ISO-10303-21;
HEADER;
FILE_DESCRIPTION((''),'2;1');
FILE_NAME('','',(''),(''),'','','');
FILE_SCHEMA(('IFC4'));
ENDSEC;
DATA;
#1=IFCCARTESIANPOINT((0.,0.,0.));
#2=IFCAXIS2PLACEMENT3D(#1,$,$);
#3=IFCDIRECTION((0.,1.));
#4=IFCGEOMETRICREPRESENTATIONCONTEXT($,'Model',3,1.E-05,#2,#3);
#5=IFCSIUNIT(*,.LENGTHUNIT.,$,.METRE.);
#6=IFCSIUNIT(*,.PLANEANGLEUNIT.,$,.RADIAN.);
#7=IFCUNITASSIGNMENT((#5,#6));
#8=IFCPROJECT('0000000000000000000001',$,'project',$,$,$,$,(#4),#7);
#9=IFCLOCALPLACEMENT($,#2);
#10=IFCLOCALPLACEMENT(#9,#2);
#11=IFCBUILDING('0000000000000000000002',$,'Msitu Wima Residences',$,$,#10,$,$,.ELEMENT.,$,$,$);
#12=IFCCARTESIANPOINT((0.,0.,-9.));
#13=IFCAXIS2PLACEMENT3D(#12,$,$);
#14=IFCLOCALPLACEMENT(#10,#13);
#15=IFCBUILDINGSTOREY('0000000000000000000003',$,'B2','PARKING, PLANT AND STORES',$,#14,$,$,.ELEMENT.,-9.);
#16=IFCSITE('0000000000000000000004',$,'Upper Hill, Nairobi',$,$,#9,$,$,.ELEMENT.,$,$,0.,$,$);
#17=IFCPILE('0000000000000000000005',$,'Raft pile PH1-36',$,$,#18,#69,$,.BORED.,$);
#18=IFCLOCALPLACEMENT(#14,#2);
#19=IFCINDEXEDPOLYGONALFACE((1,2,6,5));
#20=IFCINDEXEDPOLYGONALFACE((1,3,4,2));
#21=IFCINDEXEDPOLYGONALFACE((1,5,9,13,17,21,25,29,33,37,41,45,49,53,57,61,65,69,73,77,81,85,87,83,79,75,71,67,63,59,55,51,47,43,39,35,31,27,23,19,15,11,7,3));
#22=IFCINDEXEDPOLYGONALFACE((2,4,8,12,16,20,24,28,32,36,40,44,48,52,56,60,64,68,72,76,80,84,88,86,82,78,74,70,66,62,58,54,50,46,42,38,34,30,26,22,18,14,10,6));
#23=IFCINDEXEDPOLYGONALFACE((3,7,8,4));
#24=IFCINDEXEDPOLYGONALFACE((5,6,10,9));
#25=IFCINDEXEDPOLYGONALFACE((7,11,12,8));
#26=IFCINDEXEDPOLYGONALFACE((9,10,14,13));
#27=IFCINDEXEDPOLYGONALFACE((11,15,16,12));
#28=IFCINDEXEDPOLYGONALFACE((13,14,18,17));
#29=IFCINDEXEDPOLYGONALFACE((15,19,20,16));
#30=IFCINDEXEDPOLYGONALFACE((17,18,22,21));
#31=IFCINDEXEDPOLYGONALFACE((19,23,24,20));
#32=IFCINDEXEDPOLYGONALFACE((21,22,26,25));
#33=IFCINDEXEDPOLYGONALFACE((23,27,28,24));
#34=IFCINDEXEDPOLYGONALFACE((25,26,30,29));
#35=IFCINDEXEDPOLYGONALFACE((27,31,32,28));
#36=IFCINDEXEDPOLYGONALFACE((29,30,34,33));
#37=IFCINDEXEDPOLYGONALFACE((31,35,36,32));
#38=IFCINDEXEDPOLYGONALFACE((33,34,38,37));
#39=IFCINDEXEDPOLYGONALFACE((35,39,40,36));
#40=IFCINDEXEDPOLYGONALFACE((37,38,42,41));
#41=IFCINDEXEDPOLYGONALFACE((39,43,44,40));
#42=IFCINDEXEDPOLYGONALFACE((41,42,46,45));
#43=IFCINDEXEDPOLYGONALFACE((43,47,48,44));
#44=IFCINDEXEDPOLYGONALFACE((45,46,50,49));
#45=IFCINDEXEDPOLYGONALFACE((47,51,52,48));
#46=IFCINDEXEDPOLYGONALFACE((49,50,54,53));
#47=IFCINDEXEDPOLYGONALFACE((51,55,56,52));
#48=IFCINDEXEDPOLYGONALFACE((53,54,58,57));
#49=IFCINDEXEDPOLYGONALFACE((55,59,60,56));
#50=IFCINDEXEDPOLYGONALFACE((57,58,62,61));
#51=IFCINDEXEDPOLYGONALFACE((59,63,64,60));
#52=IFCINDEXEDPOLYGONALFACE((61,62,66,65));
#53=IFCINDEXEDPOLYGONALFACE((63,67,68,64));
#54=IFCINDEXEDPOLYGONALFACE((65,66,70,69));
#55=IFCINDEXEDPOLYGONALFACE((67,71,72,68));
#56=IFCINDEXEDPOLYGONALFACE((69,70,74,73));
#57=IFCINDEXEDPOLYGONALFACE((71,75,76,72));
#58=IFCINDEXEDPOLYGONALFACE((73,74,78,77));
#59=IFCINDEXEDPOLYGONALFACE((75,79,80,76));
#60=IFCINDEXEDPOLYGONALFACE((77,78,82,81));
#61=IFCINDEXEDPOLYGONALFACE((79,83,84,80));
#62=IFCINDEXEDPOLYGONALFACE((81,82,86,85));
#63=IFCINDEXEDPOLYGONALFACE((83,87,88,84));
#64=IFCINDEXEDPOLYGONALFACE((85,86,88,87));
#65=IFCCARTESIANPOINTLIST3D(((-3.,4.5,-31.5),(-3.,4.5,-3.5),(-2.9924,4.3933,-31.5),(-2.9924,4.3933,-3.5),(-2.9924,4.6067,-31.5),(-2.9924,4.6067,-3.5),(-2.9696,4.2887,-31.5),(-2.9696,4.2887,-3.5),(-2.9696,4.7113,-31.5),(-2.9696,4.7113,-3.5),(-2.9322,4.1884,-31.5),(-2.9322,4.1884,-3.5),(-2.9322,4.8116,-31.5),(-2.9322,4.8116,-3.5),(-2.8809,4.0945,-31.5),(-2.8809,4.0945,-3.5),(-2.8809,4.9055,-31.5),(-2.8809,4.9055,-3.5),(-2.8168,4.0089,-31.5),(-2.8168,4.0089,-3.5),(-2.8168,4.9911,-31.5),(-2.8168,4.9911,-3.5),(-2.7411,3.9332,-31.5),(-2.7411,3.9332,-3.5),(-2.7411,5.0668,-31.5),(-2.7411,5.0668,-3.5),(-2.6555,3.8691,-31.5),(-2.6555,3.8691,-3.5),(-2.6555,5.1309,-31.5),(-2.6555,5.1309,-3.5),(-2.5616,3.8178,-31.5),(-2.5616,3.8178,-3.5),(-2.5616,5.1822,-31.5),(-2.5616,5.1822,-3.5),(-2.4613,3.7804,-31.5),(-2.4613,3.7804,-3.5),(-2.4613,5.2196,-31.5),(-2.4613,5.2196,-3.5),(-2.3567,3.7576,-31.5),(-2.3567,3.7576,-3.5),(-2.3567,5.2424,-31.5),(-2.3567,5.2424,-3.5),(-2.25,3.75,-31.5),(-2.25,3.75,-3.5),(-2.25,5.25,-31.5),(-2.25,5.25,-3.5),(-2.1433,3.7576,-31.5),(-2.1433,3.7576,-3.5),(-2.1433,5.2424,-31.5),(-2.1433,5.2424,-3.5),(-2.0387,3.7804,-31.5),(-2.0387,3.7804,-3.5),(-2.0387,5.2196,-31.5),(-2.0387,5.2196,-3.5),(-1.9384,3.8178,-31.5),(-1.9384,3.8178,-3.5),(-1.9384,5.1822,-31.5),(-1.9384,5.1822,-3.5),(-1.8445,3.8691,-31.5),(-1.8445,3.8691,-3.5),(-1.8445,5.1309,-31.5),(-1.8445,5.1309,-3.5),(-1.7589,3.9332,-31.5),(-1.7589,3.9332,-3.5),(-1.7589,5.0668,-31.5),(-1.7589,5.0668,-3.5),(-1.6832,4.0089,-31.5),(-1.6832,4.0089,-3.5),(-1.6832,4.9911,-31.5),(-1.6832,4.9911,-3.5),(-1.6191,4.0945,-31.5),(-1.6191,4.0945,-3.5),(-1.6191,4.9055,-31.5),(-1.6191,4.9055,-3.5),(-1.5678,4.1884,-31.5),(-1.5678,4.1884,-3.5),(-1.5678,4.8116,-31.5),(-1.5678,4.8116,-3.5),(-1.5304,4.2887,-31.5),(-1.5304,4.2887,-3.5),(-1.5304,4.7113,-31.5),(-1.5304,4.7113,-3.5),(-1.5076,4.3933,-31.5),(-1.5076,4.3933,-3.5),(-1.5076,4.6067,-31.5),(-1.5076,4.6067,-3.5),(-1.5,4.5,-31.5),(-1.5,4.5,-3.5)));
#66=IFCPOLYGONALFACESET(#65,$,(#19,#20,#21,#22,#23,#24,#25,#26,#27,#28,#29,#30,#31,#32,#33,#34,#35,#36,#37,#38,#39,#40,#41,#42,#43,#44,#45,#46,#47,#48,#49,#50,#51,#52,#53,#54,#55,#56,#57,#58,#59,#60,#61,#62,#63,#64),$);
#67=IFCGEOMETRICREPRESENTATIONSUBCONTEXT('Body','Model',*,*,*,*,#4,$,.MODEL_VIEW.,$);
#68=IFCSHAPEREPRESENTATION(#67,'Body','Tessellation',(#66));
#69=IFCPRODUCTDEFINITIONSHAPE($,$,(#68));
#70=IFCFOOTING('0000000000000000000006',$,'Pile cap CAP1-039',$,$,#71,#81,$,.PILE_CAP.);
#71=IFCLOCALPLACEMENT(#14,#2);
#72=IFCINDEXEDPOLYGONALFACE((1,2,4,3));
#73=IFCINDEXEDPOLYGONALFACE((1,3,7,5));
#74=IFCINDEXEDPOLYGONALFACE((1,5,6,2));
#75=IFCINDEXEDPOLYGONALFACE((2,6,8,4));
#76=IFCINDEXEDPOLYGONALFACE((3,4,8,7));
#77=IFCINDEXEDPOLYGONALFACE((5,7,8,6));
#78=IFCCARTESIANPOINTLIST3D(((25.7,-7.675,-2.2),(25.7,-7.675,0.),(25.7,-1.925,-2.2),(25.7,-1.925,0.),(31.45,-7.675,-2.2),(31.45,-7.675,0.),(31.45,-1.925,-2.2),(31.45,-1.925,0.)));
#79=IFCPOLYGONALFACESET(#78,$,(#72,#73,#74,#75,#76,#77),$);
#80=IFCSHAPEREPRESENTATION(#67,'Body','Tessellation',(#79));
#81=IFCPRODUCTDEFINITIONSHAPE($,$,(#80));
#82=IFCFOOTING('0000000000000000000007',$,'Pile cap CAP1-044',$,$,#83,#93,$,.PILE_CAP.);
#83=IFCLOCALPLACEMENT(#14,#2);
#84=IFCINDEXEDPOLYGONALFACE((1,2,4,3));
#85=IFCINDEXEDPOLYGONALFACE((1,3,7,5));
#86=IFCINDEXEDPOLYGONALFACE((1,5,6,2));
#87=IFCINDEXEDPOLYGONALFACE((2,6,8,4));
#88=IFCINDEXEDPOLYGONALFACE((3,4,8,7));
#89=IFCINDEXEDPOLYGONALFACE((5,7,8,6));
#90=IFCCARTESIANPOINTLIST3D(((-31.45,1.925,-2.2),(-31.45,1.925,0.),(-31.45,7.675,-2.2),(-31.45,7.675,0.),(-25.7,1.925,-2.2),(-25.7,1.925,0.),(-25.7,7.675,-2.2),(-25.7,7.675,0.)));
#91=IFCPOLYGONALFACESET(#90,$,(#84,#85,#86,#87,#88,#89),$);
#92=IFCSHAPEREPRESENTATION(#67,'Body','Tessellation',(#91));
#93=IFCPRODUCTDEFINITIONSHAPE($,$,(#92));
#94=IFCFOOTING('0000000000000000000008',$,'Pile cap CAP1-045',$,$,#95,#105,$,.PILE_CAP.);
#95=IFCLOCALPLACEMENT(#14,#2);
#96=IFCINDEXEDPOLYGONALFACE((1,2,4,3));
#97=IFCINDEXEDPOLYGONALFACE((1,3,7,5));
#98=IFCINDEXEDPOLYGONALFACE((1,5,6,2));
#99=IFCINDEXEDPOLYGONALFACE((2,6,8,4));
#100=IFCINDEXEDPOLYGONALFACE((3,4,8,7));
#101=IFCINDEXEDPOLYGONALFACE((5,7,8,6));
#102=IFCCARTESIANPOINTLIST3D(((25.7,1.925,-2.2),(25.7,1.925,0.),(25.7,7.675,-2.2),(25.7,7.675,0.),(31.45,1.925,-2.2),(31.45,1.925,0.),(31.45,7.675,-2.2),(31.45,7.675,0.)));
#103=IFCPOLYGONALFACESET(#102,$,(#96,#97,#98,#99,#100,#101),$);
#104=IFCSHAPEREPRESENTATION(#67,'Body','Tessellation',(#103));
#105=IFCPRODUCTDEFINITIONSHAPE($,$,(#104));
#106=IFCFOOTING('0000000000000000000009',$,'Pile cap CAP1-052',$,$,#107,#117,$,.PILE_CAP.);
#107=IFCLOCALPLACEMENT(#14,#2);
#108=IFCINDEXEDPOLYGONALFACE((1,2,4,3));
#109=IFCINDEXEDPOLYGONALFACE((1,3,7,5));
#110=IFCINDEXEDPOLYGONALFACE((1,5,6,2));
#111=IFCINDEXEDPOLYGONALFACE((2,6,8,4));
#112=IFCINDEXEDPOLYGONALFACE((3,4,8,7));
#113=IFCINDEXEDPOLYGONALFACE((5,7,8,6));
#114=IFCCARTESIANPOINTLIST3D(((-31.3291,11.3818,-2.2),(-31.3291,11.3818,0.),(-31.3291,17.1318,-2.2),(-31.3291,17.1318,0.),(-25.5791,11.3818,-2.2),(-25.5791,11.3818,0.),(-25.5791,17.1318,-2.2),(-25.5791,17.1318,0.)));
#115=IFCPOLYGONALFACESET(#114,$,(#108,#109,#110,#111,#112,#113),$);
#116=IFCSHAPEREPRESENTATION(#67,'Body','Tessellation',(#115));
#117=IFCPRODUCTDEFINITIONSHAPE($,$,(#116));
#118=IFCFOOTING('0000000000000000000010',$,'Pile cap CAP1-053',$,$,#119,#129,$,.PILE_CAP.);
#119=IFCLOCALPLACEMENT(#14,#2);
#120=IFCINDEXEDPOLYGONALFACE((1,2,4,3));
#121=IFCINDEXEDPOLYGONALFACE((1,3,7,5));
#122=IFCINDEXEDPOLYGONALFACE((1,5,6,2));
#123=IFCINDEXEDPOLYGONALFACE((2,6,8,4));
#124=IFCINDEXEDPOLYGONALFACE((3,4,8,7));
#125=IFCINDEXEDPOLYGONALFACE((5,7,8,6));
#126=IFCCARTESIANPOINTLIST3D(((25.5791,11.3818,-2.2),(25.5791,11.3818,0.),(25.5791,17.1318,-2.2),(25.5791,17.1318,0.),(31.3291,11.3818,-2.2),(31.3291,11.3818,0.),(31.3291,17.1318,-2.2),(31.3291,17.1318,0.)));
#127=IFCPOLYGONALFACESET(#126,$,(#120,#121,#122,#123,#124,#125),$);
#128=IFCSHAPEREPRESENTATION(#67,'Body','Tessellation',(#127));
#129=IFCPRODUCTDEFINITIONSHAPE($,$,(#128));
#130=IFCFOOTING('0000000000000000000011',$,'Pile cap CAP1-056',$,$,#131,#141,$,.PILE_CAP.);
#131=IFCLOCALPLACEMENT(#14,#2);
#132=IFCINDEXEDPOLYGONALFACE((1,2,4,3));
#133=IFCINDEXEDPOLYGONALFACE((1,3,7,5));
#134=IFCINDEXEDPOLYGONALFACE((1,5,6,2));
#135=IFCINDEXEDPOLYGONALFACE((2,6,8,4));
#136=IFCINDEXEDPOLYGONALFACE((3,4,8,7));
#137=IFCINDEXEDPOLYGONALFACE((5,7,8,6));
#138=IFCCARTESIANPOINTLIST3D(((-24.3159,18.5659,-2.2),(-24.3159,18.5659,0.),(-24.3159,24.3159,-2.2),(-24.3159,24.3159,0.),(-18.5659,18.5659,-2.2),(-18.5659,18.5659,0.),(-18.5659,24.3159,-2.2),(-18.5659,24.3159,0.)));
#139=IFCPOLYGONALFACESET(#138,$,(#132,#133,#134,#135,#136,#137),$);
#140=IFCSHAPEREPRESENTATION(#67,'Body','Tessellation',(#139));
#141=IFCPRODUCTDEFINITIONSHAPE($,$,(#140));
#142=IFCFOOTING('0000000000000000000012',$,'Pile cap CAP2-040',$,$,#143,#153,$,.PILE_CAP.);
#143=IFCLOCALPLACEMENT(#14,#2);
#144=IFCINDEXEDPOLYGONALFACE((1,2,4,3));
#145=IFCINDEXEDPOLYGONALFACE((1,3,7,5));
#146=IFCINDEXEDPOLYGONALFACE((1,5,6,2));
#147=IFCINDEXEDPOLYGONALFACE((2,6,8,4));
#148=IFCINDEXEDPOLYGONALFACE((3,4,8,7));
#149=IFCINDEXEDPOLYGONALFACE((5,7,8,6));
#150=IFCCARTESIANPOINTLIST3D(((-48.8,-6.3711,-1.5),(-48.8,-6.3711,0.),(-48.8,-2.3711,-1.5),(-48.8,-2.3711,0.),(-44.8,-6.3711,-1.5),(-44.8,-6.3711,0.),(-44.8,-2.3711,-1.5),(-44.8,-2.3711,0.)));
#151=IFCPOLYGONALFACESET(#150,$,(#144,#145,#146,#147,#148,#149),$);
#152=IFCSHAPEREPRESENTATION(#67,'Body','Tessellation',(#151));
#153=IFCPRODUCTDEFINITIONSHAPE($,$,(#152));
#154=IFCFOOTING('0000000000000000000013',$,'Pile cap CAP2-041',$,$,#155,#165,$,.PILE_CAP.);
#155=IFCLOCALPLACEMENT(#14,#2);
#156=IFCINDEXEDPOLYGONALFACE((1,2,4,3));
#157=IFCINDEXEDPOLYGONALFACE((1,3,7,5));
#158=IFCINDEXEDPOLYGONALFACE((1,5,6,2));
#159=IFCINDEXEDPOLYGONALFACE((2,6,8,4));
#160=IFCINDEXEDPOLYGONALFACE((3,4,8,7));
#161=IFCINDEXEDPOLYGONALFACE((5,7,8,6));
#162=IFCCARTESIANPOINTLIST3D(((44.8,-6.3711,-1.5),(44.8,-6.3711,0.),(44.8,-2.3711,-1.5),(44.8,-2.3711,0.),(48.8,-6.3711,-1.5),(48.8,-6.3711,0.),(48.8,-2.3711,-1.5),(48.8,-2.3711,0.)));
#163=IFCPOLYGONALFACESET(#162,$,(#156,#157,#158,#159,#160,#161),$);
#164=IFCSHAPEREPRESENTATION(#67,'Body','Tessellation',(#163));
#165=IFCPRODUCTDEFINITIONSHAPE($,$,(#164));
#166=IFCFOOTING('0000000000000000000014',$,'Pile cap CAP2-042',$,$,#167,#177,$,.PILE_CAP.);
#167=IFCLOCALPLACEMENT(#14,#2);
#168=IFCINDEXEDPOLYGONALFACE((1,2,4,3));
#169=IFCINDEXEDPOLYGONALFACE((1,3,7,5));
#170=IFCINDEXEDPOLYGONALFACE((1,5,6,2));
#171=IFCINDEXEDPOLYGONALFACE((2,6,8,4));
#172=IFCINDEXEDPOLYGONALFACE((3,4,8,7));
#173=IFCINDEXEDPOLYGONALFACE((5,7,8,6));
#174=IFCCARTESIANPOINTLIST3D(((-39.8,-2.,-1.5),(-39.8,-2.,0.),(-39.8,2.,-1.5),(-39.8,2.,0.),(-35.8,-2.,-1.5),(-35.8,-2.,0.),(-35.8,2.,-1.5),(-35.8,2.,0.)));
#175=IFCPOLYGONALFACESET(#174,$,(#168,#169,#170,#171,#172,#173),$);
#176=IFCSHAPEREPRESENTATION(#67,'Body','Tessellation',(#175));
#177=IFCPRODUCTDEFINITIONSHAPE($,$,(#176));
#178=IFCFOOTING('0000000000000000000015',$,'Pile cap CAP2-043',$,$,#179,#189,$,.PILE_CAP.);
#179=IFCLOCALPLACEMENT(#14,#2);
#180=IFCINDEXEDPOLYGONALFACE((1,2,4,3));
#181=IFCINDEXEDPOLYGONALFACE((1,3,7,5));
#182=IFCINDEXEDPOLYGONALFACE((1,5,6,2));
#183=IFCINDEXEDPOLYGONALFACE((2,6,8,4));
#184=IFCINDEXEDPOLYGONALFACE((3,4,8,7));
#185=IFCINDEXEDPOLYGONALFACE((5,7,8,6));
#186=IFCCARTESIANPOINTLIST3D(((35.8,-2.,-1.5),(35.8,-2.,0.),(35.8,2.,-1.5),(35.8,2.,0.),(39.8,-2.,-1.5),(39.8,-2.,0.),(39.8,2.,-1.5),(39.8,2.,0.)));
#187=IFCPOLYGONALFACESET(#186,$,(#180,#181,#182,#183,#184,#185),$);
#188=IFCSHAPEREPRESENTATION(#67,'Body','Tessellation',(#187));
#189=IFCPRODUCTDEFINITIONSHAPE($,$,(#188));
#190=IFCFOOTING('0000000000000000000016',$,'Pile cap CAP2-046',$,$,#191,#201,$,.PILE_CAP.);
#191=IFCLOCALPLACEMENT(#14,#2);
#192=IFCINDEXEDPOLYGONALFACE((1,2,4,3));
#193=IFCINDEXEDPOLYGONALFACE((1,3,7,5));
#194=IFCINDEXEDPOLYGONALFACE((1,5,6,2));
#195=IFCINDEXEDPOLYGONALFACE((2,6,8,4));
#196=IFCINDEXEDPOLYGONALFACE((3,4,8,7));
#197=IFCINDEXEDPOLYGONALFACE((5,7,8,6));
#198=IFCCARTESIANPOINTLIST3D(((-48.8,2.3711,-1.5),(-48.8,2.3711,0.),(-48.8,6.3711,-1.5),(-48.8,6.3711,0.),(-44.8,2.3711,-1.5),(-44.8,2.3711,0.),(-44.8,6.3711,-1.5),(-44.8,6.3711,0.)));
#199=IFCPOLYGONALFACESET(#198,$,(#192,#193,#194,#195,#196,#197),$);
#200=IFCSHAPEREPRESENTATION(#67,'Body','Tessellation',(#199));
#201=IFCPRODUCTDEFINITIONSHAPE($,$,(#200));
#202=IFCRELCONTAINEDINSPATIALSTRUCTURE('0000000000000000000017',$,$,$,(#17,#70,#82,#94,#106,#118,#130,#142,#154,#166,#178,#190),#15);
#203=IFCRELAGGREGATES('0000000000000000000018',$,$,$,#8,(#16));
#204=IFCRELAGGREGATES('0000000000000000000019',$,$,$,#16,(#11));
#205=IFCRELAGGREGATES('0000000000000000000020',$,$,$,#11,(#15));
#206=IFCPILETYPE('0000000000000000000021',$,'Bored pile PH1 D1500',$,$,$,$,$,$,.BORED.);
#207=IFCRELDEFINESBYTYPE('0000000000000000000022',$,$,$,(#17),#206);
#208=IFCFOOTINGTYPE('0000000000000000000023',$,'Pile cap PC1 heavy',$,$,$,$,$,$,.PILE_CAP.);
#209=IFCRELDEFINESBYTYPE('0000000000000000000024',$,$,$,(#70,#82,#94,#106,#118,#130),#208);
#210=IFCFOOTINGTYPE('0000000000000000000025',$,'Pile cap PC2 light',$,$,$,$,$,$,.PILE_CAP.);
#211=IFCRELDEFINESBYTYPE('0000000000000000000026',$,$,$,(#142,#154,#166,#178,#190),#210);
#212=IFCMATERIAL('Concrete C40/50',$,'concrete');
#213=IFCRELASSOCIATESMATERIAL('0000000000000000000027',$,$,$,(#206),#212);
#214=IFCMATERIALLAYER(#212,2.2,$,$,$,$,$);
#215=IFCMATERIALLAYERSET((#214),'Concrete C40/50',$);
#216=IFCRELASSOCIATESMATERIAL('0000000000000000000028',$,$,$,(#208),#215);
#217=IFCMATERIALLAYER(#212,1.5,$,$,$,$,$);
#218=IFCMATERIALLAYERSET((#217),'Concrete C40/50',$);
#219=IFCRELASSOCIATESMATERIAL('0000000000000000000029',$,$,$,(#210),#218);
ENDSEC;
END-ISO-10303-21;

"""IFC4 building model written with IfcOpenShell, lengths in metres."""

from ifc_helpers import new_model, si_unit, direction, frame, origin, origin_2d, place, context, subcontext, project, spatial, polyline, circle, outline, extrude, material, layer, layer_set, type_object, element, save


model = new_model("IFC4")

# Units and contexts
model_context = context("Model", 3, precision=1e-05, world=origin(), true_north=direction((0.0, 1.0)))
body_context = subcontext(model_context, "Body", "Model", "MODEL_VIEW")
ifc_project = project(units=[si_unit("LENGTHUNIT", "METRE"), si_unit("PLANEANGLEUNIT", "RADIAN")], contexts=[model_context])

# Site, building, storey
site_placement = place(None, origin())
site = spatial("IfcSite", under=ifc_project, at=site_placement, Name="Upper Hill, Nairobi", CompositionType="ELEMENT", RefElevation=0.0)
building_placement = place(site_placement, origin())
building = spatial("IfcBuilding", under=site, at=building_placement, Name="Msitu Wima Residences", CompositionType="ELEMENT")
storey_placement = place(building_placement, frame((0.0, 0.0, -9.0)))
storey = spatial("IfcBuildingStorey", under=building, at=storey_placement, Name="B2", Description="PARKING, PLANT AND STORES", CompositionType="ELEMENT", Elevation=-9.0)

# Pile
ifc_material_1 = material(Name="Concrete C40/50", Category="concrete")
pile_type = type_object("IfcPileType", Name="Bored pile PH1 D1500", PredefinedType="BORED", material=ifc_material_1)
pile_placement = place(storey_placement, frame((-2.25, 4.5, -3.5), z_axis=(0.0, 0.0, -1.0), x_axis=(1.0, 0.0, 0.0)))
element("IfcPile", 1, at=pile_placement, inside=storey, type_object=pile_type, Name="Raft pile PH1-36", PredefinedType="BORED", context=body_context, shape_type="SweptSolid", body=[
    extrude(circle(Radius=0.75, at=origin_2d()), origin(), (0.0, 0.0, 1.0), 28.0),
])

# Footings
ifc_layer_1 = layer(ifc_material_1, 2.2)
ifc_layer_set_1 = layer_set([ifc_layer_1], Name="Concrete C40/50")
footing_type_1 = type_object("IfcFootingType", Name="Pile cap PC1 heavy", PredefinedType="PILE_CAP", material=ifc_layer_set_1)
footing_1_placement = place(storey_placement, frame((0.0, 0.0, -2.2)))
element("IfcFooting", 2, at=footing_1_placement, inside=storey, type_object=footing_type_1, Name="Pile cap CAP1-039", PredefinedType="PILE_CAP", context=body_context, shape_type="SweptSolid", body=[
    extrude(outline(polyline([(31.45, -7.675), (31.45, -1.925), (25.7, -1.925), (25.7, -7.675), (31.45, -7.675)])), origin(), (0.0, 0.0, 1.0), 2.2),
])
footing_2_placement = place(storey_placement, frame((0.0, 0.0, -2.2)))
element("IfcFooting", 3, at=footing_2_placement, inside=storey, type_object=footing_type_1, Name="Pile cap CAP1-044", PredefinedType="PILE_CAP", context=body_context, shape_type="SweptSolid", body=[
    extrude(outline(polyline([(-25.7, 1.925), (-25.7, 7.675), (-31.45, 7.675), (-31.45, 1.925), (-25.7, 1.925)])), origin(), (0.0, 0.0, 1.0), 2.2),
])
footing_3_placement = place(storey_placement, frame((0.0, 0.0, -2.2)))
element("IfcFooting", 4, at=footing_3_placement, inside=storey, type_object=footing_type_1, Name="Pile cap CAP1-045", PredefinedType="PILE_CAP", context=body_context, shape_type="SweptSolid", body=[
    extrude(outline(polyline([(31.45, 1.925), (31.45, 7.675), (25.7, 7.675), (25.7, 1.925), (31.45, 1.925)])), origin(), (0.0, 0.0, 1.0), 2.2),
])
footing_4_placement = place(storey_placement, frame((0.0, 0.0, -2.2)))
element("IfcFooting", 5, at=footing_4_placement, inside=storey, type_object=footing_type_1, Name="Pile cap CAP1-052", PredefinedType="PILE_CAP", context=body_context, shape_type="SweptSolid", body=[
    extrude(outline(polyline([(-25.5791, 11.3818), (-25.5791, 17.1318), (-31.3291, 17.1318), (-31.3291, 11.3818), (-25.5791, 11.3818)])), origin(), (0.0, 0.0, 1.0), 2.2),
])
footing_5_placement = place(storey_placement, frame((0.0, 0.0, -2.2)))
element("IfcFooting", 6, at=footing_5_placement, inside=storey, type_object=footing_type_1, Name="Pile cap CAP1-053", PredefinedType="PILE_CAP", context=body_context, shape_type="SweptSolid", body=[
    extrude(outline(polyline([(31.3291, 11.3818), (31.3291, 17.1318), (25.5791, 17.1318), (25.5791, 11.3818), (31.3291, 11.3818)])), origin(), (0.0, 0.0, 1.0), 2.2),
])
footing_6_placement = place(storey_placement, frame((0.0, 0.0, -2.2)))
element("IfcFooting", 7, at=footing_6_placement, inside=storey, type_object=footing_type_1, Name="Pile cap CAP1-056", PredefinedType="PILE_CAP", context=body_context, shape_type="SweptSolid", body=[
    extrude(outline(polyline([(-18.5659, 18.5659), (-18.5659, 24.3159), (-24.3159, 24.3159), (-24.3159, 18.5659), (-18.5659, 18.5659)])), origin(), (0.0, 0.0, 1.0), 2.2),
])
ifc_layer_2 = layer(ifc_material_1, 1.5)
ifc_layer_set_2 = layer_set([ifc_layer_2], Name="Concrete C40/50")
footing_type_2 = type_object("IfcFootingType", Name="Pile cap PC2 light", PredefinedType="PILE_CAP", material=ifc_layer_set_2)
footing_7_placement = place(storey_placement, frame((0.0, 0.0, -1.5)))
element("IfcFooting", 8, at=footing_7_placement, inside=storey, type_object=footing_type_2, Name="Pile cap CAP2-040", PredefinedType="PILE_CAP", context=body_context, shape_type="SweptSolid", body=[
    extrude(outline(polyline([(-44.8, -6.3711), (-44.8, -2.3711), (-48.8, -2.3711), (-48.8, -6.3711), (-44.8, -6.3711)])), origin(), (0.0, 0.0, 1.0), 1.5),
])
footing_8_placement = place(storey_placement, frame((0.0, 0.0, -1.5)))
element("IfcFooting", 9, at=footing_8_placement, inside=storey, type_object=footing_type_2, Name="Pile cap CAP2-041", PredefinedType="PILE_CAP", context=body_context, shape_type="SweptSolid", body=[
    extrude(outline(polyline([(48.8, -6.3711), (48.8, -2.3711), (44.8, -2.3711), (44.8, -6.3711), (48.8, -6.3711)])), origin(), (0.0, 0.0, 1.0), 1.5),
])
footing_9_placement = place(storey_placement, frame((0.0, 0.0, -1.5)))
element("IfcFooting", 10, at=footing_9_placement, inside=storey, type_object=footing_type_2, Name="Pile cap CAP2-042", PredefinedType="PILE_CAP", context=body_context, shape_type="SweptSolid", body=[
    extrude(outline(polyline([(-35.8, -2.0), (-35.8, 2.0), (-39.8, 2.0), (-39.8, -2.0), (-35.8, -2.0)])), origin(), (0.0, 0.0, 1.0), 1.5),
])
footing_10_placement = place(storey_placement, frame((0.0, 0.0, -1.5)))
element("IfcFooting", 11, at=footing_10_placement, inside=storey, type_object=footing_type_2, Name="Pile cap CAP2-043", PredefinedType="PILE_CAP", context=body_context, shape_type="SweptSolid", body=[
    extrude(outline(polyline([(39.8, -2.0), (39.8, 2.0), (35.8, 2.0), (35.8, -2.0), (39.8, -2.0)])), origin(), (0.0, 0.0, 1.0), 1.5),
])
footing_11_placement = place(storey_placement, frame((0.0, 0.0, -1.5)))
element("IfcFooting", 12, at=footing_11_placement, inside=storey, type_object=footing_type_2, Name="Pile cap CAP2-046", PredefinedType="PILE_CAP", context=body_context, shape_type="SweptSolid", body=[
    extrude(outline(polyline([(-44.8, 2.3711), (-44.8, 6.3711), (-48.8, 6.3711), (-48.8, 2.3711), (-44.8, 2.3711)])), origin(), (0.0, 0.0, 1.0), 1.5),
])

save(model, "model.ifc")
